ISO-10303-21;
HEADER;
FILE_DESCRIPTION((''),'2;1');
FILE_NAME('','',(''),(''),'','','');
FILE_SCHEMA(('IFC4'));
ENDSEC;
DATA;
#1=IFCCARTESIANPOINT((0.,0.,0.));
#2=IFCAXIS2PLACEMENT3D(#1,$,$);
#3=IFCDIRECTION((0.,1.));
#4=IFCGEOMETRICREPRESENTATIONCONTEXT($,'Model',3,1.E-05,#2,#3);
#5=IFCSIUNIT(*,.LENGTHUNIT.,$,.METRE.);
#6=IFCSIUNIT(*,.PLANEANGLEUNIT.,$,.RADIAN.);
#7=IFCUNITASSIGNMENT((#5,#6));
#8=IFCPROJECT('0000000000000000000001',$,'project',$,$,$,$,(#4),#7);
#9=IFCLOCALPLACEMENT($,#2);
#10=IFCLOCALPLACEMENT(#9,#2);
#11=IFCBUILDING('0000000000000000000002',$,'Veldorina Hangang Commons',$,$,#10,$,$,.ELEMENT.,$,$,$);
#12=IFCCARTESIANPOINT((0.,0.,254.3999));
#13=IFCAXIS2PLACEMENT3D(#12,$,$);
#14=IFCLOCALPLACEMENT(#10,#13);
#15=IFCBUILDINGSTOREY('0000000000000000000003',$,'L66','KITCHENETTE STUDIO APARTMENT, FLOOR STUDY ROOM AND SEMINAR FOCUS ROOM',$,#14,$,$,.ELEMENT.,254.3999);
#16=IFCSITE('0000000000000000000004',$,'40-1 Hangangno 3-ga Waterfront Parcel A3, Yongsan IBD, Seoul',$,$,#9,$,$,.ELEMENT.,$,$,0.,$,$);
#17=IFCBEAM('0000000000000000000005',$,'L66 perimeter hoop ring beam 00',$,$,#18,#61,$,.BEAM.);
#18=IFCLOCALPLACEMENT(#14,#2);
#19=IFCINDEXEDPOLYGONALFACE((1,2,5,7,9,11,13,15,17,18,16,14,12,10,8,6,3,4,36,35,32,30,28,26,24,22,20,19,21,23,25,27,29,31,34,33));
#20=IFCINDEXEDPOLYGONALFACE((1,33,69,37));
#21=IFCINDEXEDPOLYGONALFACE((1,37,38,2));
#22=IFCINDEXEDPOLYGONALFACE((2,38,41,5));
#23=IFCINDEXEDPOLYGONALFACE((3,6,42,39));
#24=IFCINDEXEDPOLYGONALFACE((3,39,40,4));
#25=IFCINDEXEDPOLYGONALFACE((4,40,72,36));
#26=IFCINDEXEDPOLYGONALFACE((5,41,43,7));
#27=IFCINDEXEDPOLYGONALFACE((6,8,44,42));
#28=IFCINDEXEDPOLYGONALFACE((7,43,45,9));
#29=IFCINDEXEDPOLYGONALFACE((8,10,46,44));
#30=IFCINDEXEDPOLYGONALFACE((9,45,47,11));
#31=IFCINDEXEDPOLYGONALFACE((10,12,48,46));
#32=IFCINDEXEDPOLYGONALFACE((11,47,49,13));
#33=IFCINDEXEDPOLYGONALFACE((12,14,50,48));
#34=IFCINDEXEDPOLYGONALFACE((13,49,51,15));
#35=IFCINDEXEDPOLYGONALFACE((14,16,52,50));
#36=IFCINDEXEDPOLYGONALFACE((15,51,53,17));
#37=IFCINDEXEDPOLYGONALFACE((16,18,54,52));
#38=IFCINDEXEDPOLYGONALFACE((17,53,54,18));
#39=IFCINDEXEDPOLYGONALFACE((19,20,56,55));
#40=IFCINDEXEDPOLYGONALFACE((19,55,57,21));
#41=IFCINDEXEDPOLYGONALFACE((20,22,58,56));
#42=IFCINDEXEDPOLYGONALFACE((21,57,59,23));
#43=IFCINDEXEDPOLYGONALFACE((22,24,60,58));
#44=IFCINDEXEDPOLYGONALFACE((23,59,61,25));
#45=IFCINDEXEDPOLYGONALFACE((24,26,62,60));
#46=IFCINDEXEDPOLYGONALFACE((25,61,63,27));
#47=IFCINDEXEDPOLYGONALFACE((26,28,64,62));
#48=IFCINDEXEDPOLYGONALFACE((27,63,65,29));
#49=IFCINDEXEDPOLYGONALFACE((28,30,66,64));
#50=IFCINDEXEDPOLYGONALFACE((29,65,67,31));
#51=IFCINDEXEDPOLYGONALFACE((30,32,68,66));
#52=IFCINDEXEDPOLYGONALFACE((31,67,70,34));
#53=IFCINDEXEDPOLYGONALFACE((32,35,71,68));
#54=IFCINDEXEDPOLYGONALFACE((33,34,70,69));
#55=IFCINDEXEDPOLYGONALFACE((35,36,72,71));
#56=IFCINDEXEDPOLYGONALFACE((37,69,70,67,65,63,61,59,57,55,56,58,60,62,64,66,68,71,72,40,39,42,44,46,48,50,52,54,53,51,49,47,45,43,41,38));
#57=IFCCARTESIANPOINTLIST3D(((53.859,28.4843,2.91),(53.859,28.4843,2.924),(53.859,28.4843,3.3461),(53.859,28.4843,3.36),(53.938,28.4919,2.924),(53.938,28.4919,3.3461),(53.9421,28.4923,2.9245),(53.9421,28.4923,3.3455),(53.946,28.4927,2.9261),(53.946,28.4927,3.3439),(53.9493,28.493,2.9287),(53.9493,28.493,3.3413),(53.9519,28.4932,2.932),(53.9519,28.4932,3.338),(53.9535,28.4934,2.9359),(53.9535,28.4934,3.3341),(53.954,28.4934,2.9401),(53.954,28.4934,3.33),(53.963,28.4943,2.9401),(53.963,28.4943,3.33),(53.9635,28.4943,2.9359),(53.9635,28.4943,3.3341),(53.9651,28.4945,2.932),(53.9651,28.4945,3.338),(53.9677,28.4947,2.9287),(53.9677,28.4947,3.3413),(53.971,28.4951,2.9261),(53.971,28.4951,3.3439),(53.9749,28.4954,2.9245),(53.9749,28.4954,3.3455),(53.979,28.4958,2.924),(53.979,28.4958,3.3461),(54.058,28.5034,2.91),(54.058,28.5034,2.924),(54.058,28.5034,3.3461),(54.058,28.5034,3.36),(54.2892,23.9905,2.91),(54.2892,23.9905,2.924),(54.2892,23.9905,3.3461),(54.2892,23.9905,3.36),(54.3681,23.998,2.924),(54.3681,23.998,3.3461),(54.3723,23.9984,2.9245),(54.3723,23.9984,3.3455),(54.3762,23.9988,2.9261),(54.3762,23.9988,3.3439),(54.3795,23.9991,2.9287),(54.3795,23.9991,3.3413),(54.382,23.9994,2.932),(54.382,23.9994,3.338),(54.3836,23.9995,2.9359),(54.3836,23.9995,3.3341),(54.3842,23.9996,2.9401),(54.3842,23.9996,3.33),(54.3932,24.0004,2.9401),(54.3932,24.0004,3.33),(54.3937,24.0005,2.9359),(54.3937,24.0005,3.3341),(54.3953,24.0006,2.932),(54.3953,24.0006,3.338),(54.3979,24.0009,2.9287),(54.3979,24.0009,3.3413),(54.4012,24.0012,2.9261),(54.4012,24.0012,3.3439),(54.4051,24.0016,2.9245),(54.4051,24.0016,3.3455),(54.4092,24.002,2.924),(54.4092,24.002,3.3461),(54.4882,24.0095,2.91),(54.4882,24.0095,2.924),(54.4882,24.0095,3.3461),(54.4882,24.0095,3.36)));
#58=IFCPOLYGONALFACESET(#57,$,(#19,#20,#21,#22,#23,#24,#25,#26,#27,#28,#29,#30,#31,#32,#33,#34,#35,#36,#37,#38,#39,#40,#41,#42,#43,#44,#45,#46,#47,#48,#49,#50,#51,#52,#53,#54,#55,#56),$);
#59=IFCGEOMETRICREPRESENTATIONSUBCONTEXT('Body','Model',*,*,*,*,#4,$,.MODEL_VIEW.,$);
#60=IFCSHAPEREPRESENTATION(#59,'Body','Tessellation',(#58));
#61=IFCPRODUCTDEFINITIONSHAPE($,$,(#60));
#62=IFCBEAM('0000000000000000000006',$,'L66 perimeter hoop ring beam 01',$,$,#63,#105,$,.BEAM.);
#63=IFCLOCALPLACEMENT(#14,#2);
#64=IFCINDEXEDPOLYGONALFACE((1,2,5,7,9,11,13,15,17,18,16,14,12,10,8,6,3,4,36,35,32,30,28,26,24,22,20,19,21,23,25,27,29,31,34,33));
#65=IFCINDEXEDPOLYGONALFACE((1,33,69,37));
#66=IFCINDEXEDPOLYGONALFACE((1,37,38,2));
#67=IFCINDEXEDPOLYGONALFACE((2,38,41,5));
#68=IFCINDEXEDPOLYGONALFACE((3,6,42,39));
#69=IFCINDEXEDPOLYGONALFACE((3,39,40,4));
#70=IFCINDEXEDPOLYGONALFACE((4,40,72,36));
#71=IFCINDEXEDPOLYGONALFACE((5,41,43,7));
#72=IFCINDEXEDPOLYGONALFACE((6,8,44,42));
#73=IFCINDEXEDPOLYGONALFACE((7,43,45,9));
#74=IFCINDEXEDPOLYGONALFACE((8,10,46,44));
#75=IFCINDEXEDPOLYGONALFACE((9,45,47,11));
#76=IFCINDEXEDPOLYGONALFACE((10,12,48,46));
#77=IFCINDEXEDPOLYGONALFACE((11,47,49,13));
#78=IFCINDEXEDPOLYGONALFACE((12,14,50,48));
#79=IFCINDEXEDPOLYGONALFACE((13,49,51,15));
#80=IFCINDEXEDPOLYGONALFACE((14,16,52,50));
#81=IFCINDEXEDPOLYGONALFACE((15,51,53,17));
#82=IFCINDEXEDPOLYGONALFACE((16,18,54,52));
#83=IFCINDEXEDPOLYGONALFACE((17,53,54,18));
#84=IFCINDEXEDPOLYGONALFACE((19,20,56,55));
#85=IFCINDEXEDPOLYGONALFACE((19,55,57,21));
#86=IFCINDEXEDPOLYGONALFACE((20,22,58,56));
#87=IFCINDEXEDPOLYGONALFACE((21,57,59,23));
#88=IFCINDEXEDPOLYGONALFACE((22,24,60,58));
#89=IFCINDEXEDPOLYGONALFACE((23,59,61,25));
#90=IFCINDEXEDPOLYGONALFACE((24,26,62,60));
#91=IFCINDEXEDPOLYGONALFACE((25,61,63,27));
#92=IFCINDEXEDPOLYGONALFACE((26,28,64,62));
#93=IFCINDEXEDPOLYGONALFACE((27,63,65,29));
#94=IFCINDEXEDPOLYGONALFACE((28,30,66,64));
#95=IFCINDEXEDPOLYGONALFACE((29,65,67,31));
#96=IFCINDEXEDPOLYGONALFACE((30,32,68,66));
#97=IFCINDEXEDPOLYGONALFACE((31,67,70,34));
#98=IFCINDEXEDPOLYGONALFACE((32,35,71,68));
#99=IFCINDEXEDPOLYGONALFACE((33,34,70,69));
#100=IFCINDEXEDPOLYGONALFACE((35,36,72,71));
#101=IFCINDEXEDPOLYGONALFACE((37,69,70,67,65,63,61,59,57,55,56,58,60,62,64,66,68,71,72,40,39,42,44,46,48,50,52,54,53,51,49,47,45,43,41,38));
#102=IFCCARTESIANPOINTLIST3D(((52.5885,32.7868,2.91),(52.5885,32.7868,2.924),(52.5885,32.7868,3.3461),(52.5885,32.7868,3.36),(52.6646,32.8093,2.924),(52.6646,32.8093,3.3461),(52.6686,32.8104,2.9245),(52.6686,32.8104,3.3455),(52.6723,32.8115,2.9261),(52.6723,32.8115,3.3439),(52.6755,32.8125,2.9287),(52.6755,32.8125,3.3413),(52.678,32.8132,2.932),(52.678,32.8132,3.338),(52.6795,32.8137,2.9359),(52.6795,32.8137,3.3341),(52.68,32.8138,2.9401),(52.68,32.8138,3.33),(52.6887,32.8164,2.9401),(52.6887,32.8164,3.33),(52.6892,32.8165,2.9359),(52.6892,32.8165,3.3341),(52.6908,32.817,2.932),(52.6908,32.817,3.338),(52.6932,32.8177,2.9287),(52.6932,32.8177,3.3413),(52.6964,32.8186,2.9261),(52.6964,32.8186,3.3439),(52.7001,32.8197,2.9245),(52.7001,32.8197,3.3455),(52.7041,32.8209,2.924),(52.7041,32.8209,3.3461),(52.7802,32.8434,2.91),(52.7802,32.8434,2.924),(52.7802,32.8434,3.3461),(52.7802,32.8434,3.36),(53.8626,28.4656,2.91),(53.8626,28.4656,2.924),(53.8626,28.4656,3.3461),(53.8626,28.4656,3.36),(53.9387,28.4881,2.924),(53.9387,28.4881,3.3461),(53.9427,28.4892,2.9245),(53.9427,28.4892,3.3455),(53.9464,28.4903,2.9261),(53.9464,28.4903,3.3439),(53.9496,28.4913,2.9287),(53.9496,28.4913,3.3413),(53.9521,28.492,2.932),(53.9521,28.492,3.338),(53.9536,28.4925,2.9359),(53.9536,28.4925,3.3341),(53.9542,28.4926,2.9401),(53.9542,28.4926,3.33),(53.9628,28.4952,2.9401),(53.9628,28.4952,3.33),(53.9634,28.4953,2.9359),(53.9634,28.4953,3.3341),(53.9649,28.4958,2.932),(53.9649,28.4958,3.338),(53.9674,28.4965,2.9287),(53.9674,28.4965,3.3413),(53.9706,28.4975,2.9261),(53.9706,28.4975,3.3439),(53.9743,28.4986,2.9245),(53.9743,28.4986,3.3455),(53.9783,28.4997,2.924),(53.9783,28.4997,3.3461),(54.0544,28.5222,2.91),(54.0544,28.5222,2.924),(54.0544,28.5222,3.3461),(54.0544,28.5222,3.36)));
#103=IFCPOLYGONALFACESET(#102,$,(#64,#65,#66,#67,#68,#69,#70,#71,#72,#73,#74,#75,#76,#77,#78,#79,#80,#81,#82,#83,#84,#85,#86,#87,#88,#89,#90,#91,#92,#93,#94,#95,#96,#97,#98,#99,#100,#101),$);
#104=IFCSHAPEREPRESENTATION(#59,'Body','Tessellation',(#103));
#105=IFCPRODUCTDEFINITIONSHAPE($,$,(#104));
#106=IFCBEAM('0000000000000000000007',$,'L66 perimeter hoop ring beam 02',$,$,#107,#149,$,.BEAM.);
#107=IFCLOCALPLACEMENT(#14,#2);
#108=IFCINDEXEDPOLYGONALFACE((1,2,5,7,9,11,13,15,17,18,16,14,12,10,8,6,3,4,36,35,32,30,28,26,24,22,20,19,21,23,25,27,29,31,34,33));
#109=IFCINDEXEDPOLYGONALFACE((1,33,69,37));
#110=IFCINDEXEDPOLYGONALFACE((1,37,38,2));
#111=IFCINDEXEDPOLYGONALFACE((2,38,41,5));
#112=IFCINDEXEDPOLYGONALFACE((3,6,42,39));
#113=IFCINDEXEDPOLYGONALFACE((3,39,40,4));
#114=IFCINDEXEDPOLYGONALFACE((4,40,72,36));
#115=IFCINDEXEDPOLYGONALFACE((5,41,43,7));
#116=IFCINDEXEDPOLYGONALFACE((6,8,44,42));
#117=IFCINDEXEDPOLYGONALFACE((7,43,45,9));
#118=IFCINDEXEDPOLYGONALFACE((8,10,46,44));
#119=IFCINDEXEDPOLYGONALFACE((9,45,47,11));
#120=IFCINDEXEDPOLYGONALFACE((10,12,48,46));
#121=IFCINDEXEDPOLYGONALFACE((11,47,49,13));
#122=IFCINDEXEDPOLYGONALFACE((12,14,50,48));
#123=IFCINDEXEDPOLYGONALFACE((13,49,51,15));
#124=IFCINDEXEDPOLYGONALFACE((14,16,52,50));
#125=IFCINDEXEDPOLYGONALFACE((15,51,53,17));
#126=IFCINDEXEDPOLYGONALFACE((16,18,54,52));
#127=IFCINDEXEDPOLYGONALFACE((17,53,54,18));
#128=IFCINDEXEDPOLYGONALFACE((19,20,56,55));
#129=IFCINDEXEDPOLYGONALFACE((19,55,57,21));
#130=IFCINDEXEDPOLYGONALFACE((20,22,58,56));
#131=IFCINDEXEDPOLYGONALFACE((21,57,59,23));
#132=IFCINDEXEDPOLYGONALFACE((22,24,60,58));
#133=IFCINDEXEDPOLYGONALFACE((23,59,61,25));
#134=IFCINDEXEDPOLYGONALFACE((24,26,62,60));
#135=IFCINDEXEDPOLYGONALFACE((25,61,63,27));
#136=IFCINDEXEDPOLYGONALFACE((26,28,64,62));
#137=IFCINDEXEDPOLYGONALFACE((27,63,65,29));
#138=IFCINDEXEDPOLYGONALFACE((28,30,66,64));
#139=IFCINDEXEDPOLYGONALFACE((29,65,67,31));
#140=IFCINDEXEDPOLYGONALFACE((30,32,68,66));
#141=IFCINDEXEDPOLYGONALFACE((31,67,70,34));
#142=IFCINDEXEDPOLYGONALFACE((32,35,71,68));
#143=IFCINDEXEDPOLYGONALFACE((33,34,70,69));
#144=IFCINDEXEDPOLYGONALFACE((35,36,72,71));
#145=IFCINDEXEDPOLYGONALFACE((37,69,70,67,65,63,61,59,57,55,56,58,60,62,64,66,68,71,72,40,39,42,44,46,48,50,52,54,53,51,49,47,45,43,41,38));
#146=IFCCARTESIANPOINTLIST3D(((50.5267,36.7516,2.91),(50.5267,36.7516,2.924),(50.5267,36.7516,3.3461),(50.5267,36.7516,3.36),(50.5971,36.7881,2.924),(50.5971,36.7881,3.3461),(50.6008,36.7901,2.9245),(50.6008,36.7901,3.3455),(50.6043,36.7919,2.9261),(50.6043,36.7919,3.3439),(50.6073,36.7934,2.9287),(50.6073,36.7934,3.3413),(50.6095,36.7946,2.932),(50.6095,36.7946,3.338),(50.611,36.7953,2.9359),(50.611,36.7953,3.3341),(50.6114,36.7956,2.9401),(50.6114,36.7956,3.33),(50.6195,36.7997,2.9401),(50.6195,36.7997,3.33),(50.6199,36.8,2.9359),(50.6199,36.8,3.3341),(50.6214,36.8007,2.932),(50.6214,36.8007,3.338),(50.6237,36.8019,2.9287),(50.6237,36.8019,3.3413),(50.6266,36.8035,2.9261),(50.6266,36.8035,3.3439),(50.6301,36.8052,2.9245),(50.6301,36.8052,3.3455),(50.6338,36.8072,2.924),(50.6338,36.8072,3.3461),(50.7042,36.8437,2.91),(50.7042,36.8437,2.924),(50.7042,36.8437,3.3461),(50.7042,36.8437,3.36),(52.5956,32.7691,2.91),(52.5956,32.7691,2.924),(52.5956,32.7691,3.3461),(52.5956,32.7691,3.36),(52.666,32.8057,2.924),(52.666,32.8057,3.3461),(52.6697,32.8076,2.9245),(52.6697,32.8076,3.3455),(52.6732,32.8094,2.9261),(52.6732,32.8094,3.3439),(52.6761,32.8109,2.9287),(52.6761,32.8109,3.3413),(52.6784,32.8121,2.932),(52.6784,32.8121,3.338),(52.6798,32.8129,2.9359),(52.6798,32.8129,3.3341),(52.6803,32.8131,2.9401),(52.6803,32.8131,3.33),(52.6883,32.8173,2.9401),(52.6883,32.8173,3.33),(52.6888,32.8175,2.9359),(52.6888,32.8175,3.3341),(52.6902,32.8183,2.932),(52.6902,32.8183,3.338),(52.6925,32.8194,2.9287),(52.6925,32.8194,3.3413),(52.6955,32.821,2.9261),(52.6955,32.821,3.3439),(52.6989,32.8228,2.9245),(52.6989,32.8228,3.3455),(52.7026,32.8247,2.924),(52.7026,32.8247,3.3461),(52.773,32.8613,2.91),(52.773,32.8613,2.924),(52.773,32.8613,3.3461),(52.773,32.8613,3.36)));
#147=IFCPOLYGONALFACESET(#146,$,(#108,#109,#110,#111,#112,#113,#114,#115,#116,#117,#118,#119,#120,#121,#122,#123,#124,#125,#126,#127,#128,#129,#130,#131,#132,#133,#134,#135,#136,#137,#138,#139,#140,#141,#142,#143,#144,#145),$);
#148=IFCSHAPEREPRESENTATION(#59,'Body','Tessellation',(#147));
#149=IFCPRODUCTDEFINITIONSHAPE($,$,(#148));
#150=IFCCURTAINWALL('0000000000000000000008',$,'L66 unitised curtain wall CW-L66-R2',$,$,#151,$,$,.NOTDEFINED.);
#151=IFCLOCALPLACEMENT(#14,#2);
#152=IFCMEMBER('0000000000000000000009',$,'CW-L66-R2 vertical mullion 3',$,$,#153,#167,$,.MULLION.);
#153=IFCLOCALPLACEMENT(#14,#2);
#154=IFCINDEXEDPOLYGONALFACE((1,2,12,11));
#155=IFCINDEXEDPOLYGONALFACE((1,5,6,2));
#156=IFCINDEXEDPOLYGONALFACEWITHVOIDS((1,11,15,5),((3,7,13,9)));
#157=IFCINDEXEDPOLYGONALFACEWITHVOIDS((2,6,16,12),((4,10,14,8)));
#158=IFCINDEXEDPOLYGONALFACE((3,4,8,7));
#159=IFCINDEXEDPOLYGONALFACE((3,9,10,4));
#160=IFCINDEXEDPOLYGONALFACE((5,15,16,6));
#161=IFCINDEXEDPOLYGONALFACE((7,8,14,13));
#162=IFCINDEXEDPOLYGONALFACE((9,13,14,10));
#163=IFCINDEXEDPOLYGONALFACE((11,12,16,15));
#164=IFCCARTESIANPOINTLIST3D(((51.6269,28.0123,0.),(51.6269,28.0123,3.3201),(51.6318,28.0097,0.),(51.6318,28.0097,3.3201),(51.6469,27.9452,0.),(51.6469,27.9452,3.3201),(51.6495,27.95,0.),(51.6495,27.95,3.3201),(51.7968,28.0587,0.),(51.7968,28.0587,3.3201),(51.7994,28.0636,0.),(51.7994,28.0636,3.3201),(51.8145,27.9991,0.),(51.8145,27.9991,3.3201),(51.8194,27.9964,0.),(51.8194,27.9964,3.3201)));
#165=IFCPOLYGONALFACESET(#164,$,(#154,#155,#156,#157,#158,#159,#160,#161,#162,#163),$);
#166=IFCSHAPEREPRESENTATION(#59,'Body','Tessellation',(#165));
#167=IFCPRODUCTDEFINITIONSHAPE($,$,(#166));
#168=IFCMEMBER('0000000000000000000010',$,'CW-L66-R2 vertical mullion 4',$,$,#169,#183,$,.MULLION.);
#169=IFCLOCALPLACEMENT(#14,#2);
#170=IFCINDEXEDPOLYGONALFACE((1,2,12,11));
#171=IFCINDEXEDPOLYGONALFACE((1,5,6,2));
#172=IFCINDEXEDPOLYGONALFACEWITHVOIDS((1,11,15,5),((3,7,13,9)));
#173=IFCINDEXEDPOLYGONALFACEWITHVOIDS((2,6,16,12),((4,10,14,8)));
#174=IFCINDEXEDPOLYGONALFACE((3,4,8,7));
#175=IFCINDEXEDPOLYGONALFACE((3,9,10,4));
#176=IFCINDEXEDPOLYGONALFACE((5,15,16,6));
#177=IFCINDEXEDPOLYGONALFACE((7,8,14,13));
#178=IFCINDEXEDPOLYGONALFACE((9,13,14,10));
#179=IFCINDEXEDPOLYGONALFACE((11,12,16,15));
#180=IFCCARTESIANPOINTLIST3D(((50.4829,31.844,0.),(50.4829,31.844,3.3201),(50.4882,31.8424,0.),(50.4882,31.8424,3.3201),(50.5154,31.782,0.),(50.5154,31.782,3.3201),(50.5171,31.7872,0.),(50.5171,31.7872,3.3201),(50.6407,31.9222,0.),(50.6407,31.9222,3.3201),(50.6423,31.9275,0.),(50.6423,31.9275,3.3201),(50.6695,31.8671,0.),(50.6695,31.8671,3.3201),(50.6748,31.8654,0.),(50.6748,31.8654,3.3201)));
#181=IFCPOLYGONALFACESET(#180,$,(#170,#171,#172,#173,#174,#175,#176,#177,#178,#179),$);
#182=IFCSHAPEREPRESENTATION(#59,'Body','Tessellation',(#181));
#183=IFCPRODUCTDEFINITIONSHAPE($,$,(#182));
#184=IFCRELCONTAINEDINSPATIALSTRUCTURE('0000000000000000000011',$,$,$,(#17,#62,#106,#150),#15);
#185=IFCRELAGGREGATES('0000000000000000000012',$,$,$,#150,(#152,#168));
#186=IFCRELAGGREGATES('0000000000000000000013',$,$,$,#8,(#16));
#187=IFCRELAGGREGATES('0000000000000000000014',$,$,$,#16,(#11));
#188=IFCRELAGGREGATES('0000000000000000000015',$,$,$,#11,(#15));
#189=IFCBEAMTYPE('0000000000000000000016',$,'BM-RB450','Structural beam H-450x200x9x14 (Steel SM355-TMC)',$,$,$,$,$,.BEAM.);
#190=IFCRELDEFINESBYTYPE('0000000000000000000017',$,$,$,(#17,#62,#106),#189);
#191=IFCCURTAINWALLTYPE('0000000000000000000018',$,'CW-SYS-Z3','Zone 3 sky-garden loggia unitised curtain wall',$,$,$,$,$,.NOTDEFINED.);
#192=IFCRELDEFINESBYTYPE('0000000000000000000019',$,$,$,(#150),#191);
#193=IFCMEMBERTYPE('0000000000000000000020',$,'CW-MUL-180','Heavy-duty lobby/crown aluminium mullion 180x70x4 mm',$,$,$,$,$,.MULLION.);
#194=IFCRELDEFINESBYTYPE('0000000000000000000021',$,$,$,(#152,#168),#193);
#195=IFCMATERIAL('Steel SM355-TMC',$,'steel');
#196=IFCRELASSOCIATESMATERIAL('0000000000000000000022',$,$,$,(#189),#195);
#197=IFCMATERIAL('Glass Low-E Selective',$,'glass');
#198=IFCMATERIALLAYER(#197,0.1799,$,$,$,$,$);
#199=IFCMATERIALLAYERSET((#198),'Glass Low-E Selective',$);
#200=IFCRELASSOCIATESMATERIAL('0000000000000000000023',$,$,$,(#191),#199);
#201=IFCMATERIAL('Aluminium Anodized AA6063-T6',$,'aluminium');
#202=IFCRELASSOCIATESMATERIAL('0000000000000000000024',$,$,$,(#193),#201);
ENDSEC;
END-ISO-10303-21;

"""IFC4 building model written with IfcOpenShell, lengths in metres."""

from ifc_helpers import new_model, si_unit, direction, frame, origin, origin_2d, place, context, subcontext, project, spatial, hollow_rectangle, i_section, extrude, material, layer, layer_set, material_profile, profile_set, type_object, element, aggregate, save


model = new_model("IFC4")

# Units and contexts
model_context = context("Model", 3, precision=1e-05, world=origin(), true_north=direction((0.0, 1.0)))
body_context = subcontext(model_context, "Body", "Model", "MODEL_VIEW")
ifc_project = project(units=[si_unit("LENGTHUNIT", "METRE"), si_unit("PLANEANGLEUNIT", "RADIAN")], contexts=[model_context])

# Site, building, storey
site_placement = place(None, origin())
site = spatial("IfcSite", under=ifc_project, at=site_placement, Name="40-1 Hangangno 3-ga Waterfront Parcel A3, Yongsan IBD, Seoul", CompositionType="ELEMENT", RefElevation=0.0)
building_placement = place(site_placement, origin())
building = spatial("IfcBuilding", under=site, at=building_placement, Name="Veldorina Hangang Commons", CompositionType="ELEMENT")
storey_placement = place(building_placement, frame((0.0, 0.0, 254.3999)))
storey = spatial("IfcBuildingStorey", under=building, at=storey_placement, Name="L66", Description="KITCHENETTE STUDIO APARTMENT, FLOOR STUDY ROOM AND SEMINAR FOCUS ROOM", CompositionType="ELEMENT", Elevation=254.3999)

# Beams
ifc_material_1 = material(Name="Steel SM355-TMC", Category="steel")
ifc_material_profile_1 = material_profile(ifc_material_1, i_section(OverallWidth=0.2, OverallDepth=0.45, WebThickness=0.009, FlangeThickness=0.0139, FilletRadius=0.0161, at=origin_2d()), Name="H-450x200x9x14")
ifc_profile_set_1 = profile_set([ifc_material_profile_1], Name="Steel SM355-TMC")
beam_type = type_object("IfcBeamType", Name="BM-RB450", Description="Structural beam H-450x200x9x14 (Steel SM355-TMC)", PredefinedType="BEAM", material=ifc_profile_set_1)
beam_1_placement = place(storey_placement, frame((54.3887, 24.0, 3.135), z_axis=(-0.095289, 0.99545, 0.0), x_axis=(-0.99545, -0.095289, 0.0)))
element("IfcBeam", 1, at=beam_1_placement, inside=storey, type_object=beam_type, Name="L66 perimeter hoop ring beam 00", PredefinedType="BEAM", context=body_context, shape_type="SweptSolid", body=[
    extrude(i_section(OverallWidth=0.2, OverallDepth=0.45, WebThickness=0.009, FlangeThickness=0.0139, FilletRadius=0.0161, at=origin_2d()), origin(), (0.0, 0.0, 1.0), 4.5144),
])
beam_2_placement = place(storey_placement, frame((53.9585, 28.4939, 3.135), z_axis=(-0.282821, 0.959173, 0.0), x_axis=(-0.959173, -0.282821, 0.0)))
element("IfcBeam", 2, at=beam_2_placement, inside=storey, type_object=beam_type, Name="L66 perimeter hoop ring beam 01", PredefinedType="BEAM", context=body_context, shape_type="SweptSolid", body=[
    extrude(i_section(OverallWidth=0.2, OverallDepth=0.45, WebThickness=0.009, FlangeThickness=0.0139, FilletRadius=0.0161, at=origin_2d()), origin(), (0.0, 0.0, 1.0), 4.5051),
])
beam_3_placement = place(storey_placement, frame((52.6843, 32.8152, 3.135), z_axis=(-0.461, 0.8874, 0.0), x_axis=(-0.8874, -0.461, 0.0)))
element("IfcBeam", 3, at=beam_3_placement, inside=storey, type_object=beam_type, Name="L66 perimeter hoop ring beam 02", PredefinedType="BEAM", context=body_context, shape_type="SweptSolid", body=[
    extrude(i_section(OverallWidth=0.2, OverallDepth=0.45, WebThickness=0.009, FlangeThickness=0.0139, FilletRadius=0.0161, at=origin_2d()), origin(), (0.0, 0.0, 1.0), 4.4878),
])

# Curtain wall, members
ifc_material_2 = material(Name="Glass Low-E Selective", Category="glass")
ifc_layer_1 = layer(ifc_material_2, 0.1799)
ifc_layer_set_1 = layer_set([ifc_layer_1], Name="Glass Low-E Selective")
curtain_wall_type = type_object("IfcCurtainWallType", Name="CW-SYS-Z3", Description="Zone 3 sky-garden loggia unitised curtain wall", PredefinedType="NOTDEFINED", material=ifc_layer_set_1)
curtain_wall_placement = place(storey_placement, origin())
curtain_wall = element("IfcCurtainWall", 4, at=curtain_wall_placement, inside=storey, type_object=curtain_wall_type, Name="L66 unitised curtain wall CW-L66-R2", PredefinedType="NOTDEFINED")
ifc_material_3 = material(Name="Aluminium Anodized AA6063-T6", Category="aluminium")
ifc_material_profile_2 = material_profile(ifc_material_3, hollow_rectangle(XDim=0.0701, YDim=0.1799, WallThickness=0.0039, at=origin_2d()), Name="ALU-RHS-180x70x4")
ifc_profile_set_2 = profile_set([ifc_material_profile_2], Name="Aluminium Anodized AA6063-T6")
member_type_1 = type_object("IfcMemberType", Name="CW-MUL-180", Description="Heavy-duty lobby/crown aluminium mullion 180x70x4 mm", PredefinedType="MULLION", material=ifc_profile_set_2)
member_1_placement = place(storey_placement, frame((51.7231, 28.0044, 0.0), z_axis=(0.0, 0.0, 1.0), x_axis=(-0.284885, 0.958562, 0.0)))
member_1 = element("IfcMember", 5, at=member_1_placement, type_object=member_type_1, Name="CW-L66-R2 vertical mullion 3", PredefinedType="MULLION", context=body_context, shape_type="SweptSolid", body=[
    extrude(hollow_rectangle(XDim=0.0701, YDim=0.1799, WallThickness=0.0039, at=origin_2d()), origin(), (0.0, 0.0, 1.0), 3.3201),
])
member_2_placement = place(storey_placement, frame((50.5789, 31.8547, 0.0), z_axis=(0.0, 0.0, 1.0), x_axis=(-0.463915, 0.88588, 0.0)))
member_2 = element("IfcMember", 6, at=member_2_placement, type_object=member_type_1, Name="CW-L66-R2 vertical mullion 4", PredefinedType="MULLION", context=body_context, shape_type="SweptSolid", body=[
    extrude(hollow_rectangle(XDim=0.0701, YDim=0.1799, WallThickness=0.0039, at=origin_2d()), origin(), (0.0, 0.0, 1.0), 3.3201),
])

aggregate(curtain_wall, [member_1, member_2])

save(model, "model.ifc")
